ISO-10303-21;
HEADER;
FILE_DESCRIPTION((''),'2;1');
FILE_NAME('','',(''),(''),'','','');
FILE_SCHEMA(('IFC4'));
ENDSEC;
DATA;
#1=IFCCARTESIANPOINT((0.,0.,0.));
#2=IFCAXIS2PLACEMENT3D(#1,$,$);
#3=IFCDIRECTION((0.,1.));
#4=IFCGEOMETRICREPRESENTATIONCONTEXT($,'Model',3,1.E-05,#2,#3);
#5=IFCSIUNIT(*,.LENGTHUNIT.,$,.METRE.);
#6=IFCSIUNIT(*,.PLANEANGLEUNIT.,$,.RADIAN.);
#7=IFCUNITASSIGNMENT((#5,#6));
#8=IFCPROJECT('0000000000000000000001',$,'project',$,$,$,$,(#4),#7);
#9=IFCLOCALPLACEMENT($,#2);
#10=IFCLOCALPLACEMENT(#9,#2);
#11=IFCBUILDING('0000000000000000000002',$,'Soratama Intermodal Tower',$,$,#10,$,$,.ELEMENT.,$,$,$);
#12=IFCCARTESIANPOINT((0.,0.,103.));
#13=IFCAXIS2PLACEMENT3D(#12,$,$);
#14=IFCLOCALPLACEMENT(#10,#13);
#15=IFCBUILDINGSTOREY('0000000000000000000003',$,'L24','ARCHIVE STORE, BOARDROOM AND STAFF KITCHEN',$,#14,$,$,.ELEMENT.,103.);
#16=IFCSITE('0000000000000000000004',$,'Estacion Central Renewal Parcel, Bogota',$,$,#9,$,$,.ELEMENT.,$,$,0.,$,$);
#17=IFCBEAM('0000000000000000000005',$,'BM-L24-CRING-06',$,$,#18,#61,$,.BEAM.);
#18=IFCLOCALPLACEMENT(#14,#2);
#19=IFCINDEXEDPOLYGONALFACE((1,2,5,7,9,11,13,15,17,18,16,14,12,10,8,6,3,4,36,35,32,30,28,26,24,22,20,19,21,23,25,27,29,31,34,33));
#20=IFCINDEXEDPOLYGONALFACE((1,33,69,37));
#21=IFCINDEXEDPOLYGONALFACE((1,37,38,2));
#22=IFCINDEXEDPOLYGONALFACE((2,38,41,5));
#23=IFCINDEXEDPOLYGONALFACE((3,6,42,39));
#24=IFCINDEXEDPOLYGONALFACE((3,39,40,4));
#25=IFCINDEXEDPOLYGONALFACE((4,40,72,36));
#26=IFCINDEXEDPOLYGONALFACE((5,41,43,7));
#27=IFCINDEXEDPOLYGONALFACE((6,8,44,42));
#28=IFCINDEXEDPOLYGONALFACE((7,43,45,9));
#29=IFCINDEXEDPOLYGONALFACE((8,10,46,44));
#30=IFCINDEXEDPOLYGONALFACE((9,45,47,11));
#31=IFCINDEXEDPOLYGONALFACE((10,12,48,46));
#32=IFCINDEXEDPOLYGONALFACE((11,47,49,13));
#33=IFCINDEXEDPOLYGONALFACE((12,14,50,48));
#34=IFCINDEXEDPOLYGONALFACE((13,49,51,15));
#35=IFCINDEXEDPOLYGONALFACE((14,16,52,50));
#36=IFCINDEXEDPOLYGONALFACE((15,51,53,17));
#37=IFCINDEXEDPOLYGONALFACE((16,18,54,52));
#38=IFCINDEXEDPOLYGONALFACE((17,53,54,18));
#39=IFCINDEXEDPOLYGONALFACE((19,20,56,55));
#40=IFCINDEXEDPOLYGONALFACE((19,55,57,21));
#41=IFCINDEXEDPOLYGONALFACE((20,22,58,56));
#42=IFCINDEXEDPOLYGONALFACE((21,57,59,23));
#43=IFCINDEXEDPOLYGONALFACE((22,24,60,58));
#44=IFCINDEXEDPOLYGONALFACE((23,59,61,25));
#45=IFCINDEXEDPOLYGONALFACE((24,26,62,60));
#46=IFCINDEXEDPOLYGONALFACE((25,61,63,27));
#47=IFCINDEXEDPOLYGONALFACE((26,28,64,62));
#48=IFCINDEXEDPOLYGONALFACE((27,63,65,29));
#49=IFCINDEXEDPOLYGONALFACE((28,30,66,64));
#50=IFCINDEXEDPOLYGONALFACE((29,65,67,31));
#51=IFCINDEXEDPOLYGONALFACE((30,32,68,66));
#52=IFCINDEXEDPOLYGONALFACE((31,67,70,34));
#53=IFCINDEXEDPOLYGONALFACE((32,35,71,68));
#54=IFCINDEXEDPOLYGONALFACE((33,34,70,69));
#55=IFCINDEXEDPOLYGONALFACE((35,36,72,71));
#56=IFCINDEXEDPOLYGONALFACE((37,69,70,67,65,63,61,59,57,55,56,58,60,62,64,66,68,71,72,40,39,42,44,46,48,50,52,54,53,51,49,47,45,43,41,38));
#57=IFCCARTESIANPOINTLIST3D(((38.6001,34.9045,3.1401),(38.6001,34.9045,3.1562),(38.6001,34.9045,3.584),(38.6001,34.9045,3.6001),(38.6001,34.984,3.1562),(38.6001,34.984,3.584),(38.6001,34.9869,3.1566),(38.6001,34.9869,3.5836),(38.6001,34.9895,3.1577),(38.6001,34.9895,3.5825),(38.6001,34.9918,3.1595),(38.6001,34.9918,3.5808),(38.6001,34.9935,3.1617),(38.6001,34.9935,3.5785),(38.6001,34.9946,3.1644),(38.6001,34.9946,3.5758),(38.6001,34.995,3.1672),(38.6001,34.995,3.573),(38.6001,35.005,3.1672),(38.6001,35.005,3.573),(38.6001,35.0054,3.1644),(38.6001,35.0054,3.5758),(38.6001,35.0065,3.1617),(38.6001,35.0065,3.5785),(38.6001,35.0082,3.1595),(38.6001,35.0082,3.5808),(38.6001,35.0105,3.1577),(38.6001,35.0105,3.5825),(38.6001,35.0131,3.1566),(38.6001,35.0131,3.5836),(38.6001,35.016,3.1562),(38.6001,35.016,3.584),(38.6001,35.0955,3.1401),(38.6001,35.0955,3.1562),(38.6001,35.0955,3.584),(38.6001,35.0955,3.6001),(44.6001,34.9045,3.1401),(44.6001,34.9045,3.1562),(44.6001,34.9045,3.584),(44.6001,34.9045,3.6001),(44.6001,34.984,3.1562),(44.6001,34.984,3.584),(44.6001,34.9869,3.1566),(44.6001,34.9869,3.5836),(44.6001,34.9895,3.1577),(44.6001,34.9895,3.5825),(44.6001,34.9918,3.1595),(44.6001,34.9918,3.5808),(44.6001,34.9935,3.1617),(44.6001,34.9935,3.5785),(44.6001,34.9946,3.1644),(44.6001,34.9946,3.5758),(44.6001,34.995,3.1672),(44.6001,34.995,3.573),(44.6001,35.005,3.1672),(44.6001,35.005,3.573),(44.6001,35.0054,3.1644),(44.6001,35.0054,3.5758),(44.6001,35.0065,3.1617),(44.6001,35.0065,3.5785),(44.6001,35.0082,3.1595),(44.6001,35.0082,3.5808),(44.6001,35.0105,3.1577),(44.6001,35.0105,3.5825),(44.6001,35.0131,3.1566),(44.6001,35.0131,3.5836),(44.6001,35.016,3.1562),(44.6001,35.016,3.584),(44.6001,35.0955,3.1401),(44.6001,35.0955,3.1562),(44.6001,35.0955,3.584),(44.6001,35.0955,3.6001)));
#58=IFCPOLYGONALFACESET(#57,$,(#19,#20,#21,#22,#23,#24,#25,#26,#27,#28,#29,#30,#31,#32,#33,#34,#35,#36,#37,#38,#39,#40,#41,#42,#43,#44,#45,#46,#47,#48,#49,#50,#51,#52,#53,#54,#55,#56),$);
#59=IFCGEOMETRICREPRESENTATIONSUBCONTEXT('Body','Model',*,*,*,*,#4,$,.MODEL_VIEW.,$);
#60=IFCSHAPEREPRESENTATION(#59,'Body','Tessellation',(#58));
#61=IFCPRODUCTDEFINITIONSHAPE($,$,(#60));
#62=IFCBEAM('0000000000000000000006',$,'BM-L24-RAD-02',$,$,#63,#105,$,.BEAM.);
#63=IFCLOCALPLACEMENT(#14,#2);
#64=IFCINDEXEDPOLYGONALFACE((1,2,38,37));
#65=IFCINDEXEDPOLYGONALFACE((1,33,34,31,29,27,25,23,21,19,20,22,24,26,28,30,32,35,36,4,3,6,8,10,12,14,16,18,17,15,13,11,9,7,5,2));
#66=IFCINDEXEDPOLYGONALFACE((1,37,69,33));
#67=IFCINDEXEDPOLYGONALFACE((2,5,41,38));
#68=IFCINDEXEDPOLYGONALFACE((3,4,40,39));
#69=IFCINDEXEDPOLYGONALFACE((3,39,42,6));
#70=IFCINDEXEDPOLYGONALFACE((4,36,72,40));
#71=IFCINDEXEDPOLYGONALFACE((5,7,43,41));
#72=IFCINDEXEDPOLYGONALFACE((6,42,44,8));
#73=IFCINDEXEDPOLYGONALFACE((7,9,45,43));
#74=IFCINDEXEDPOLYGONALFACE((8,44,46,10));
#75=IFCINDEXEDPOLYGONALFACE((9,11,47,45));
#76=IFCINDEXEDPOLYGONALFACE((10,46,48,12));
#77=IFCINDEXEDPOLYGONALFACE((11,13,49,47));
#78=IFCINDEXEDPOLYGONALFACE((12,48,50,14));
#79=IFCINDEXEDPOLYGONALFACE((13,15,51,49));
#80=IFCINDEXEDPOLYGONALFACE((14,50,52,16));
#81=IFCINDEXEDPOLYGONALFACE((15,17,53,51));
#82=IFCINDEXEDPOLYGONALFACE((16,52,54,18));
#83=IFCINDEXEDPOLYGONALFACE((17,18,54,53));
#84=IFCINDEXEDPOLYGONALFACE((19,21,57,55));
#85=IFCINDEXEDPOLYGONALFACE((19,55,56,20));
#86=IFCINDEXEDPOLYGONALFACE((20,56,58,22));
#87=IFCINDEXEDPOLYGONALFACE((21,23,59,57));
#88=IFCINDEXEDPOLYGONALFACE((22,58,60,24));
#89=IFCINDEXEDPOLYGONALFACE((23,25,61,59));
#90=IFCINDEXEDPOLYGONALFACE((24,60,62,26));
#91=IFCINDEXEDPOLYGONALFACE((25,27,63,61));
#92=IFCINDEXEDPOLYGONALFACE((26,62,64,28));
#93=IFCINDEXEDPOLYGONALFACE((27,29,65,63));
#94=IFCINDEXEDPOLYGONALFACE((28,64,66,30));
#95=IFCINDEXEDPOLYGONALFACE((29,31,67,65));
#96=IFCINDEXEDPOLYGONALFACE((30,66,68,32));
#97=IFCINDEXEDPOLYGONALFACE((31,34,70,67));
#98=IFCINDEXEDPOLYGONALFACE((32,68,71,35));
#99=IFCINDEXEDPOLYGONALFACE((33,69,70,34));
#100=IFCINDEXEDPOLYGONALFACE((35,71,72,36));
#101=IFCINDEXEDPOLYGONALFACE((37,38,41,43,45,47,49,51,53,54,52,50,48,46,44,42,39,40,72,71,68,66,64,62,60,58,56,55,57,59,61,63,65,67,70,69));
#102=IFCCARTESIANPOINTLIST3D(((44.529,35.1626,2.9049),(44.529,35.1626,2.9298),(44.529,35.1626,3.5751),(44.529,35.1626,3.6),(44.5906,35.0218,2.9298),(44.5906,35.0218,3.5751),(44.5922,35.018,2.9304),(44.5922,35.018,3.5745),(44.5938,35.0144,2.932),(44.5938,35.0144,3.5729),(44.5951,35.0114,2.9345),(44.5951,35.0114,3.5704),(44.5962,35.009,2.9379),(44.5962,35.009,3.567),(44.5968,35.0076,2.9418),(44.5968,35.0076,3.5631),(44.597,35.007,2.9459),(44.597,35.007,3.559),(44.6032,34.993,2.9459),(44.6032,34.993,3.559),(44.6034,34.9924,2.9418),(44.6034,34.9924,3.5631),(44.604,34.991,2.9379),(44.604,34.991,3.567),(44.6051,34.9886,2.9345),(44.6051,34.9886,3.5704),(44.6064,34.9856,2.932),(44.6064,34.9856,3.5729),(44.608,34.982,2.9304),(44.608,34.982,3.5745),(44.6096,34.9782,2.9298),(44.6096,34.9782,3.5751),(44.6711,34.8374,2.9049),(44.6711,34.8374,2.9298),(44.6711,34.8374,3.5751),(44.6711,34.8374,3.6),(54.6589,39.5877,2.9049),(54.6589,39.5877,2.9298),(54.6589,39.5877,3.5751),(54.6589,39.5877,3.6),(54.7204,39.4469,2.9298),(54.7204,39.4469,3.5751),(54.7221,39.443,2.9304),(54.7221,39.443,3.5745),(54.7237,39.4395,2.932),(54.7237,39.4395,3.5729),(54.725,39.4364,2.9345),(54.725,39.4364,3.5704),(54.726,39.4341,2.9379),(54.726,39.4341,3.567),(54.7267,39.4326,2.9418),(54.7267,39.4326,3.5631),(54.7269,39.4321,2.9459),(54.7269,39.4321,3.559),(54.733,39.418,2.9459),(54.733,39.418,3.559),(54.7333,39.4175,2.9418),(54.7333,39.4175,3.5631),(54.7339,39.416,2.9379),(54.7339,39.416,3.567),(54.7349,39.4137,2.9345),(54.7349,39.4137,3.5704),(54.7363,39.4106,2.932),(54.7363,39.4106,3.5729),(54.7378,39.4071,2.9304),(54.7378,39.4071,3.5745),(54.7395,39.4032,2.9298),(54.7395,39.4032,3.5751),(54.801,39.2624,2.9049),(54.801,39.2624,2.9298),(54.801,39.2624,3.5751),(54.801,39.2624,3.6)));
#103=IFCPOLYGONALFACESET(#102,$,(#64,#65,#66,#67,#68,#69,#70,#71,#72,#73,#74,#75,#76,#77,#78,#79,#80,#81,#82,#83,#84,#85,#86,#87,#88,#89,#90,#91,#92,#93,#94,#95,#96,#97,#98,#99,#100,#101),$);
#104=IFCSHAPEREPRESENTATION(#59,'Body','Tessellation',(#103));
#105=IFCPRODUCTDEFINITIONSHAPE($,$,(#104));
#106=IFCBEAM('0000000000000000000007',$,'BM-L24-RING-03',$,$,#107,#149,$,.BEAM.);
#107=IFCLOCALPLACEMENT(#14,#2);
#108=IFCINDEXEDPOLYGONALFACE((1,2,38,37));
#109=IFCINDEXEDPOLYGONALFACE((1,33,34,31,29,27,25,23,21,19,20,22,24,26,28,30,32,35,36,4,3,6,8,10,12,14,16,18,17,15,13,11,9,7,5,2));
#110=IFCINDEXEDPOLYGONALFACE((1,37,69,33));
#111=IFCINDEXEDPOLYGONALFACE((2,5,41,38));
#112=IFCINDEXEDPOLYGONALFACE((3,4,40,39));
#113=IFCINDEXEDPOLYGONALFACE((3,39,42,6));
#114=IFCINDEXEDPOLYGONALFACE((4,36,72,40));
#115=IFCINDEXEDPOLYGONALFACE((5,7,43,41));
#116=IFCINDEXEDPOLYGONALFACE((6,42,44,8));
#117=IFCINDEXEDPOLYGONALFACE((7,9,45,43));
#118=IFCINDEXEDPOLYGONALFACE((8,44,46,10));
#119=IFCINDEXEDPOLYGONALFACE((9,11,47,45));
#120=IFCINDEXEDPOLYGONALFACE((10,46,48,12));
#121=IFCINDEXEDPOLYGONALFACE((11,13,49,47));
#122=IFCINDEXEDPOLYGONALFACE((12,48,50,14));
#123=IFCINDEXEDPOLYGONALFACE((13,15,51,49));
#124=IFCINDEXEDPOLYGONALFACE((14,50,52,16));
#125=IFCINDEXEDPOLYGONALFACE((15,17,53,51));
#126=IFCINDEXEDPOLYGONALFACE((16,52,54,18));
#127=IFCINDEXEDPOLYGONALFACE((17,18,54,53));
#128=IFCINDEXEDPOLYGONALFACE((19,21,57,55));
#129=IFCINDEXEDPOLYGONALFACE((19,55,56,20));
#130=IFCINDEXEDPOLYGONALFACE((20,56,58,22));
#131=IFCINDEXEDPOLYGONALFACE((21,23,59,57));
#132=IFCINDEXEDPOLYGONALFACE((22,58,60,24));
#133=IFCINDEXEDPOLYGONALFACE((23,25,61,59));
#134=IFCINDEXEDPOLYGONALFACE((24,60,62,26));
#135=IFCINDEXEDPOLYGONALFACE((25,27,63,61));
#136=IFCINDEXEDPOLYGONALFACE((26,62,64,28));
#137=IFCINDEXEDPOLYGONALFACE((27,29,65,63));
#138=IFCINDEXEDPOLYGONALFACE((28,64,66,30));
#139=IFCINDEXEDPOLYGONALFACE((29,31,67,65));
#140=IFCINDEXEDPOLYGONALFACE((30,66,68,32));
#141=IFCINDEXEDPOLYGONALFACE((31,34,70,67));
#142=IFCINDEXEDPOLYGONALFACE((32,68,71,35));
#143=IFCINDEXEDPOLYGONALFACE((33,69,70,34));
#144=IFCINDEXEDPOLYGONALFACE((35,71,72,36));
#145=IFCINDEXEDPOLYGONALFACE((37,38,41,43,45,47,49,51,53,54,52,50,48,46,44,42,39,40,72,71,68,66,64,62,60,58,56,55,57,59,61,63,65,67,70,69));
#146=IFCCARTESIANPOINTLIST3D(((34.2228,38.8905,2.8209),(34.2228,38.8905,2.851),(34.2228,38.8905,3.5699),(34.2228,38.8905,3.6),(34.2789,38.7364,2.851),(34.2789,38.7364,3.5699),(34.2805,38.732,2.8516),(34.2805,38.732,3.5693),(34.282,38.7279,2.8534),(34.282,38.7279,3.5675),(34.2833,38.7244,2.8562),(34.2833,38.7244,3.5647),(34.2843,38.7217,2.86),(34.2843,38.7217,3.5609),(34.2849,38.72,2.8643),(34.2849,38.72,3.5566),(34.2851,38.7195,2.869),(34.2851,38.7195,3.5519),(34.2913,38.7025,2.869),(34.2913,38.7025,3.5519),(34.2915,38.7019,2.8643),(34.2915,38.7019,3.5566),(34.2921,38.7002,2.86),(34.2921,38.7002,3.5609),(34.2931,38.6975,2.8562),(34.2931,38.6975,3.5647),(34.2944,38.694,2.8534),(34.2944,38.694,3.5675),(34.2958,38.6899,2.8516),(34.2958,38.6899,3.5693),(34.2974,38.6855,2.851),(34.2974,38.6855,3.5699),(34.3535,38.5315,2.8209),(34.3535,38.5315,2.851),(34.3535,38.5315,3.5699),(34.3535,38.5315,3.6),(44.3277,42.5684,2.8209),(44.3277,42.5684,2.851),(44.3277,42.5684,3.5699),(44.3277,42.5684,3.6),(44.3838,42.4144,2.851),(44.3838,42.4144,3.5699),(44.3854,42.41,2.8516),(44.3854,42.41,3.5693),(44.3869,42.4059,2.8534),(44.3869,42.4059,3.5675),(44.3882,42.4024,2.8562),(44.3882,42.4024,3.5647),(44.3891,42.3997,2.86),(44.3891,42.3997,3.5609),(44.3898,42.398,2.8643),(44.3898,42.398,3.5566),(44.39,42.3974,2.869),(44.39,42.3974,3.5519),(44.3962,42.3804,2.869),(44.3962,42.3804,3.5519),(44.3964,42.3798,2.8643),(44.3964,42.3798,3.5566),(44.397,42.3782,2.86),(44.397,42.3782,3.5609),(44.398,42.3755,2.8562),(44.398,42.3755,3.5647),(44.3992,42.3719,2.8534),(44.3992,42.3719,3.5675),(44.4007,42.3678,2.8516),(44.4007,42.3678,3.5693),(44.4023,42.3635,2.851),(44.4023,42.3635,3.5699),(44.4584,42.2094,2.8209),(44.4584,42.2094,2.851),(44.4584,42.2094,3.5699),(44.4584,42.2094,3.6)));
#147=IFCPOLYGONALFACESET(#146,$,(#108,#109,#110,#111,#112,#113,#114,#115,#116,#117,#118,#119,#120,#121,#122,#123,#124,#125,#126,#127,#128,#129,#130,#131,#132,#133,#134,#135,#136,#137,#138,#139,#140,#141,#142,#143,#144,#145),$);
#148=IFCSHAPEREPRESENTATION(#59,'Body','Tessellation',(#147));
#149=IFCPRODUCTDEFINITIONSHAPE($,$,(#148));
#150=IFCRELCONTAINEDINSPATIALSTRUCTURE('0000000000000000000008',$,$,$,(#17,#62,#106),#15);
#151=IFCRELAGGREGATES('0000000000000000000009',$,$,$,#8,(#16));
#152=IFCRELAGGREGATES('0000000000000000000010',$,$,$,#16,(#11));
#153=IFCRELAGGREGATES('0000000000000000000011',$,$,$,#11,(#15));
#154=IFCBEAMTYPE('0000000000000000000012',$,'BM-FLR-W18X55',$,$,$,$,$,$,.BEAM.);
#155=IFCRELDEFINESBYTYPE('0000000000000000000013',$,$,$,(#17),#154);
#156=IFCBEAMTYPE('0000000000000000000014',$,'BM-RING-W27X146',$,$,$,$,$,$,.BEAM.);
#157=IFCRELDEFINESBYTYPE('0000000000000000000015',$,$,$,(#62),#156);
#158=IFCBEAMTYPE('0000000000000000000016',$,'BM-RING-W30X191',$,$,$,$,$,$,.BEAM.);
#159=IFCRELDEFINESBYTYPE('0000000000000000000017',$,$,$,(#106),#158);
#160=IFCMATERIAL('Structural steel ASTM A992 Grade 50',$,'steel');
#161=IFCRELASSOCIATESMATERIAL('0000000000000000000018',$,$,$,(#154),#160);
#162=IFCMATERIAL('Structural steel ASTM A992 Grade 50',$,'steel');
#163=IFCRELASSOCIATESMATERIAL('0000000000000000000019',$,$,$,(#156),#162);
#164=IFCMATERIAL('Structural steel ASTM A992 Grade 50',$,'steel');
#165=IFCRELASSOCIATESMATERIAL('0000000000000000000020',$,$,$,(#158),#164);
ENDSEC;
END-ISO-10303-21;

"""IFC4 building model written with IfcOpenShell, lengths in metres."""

from ifc_helpers import new_model, si_unit, direction, frame, origin, origin_2d, place, context, subcontext, project, spatial, i_section, extrude, material, material_profile, profile_set, type_object, element, save


model = new_model("IFC4")

# Units and contexts
model_context = context("Model", 3, precision=1e-05, world=origin(), true_north=direction((0.0, 1.0)))
body_context = subcontext(model_context, "Body", "Model", "MODEL_VIEW")
ifc_project = project(units=[si_unit("LENGTHUNIT", "METRE"), si_unit("PLANEANGLEUNIT", "RADIAN")], contexts=[model_context])

# Site, building, storey
site_placement = place(None, origin())
site = spatial("IfcSite", under=ifc_project, at=site_placement, Name="Estacion Central Renewal Parcel, Bogota", CompositionType="ELEMENT", RefElevation=0.0)
building_placement = place(site_placement, origin())
building = spatial("IfcBuilding", under=site, at=building_placement, Name="Soratama Intermodal Tower", CompositionType="ELEMENT")
storey_placement = place(building_placement, frame((0.0, 0.0, 103.0)))
storey = spatial("IfcBuildingStorey", under=building, at=storey_placement, Name="L24", Description="ARCHIVE STORE, BOARDROOM AND STAFF KITCHEN", CompositionType="ELEMENT", Elevation=103.0)

# Beams
ifc_material_1 = material(Name="Structural steel ASTM A992 Grade 50", Category="steel")
ifc_material_profile_1 = material_profile(ifc_material_1, i_section(OverallWidth=0.1909, OverallDepth=0.46, WebThickness=0.01, FlangeThickness=0.0161, FilletRadius=0.011, at=origin_2d()), Name="W18X55")
ifc_profile_set_1 = profile_set([ifc_material_profile_1], Name="Structural steel ASTM A992 Grade 50")
beam_type_1 = type_object("IfcBeamType", Name="BM-FLR-W18X55", PredefinedType="BEAM", material=ifc_profile_set_1)
beam_1_placement = place(storey_placement, frame((44.6001, 35.0, 3.3701), z_axis=(-1.0, 0.0, 0.0), x_axis=(0.0, -1.0, 0.0)))
element("IfcBeam", 1, at=beam_1_placement, inside=storey, type_object=beam_type_1, Name="BM-L24-CRING-06", PredefinedType="BEAM", context=body_context, shape_type="SweptSolid", body=[
    extrude(i_section(OverallWidth=0.1909, OverallDepth=0.46, WebThickness=0.01, FlangeThickness=0.0161, FilletRadius=0.011, at=origin_2d()), origin(), (0.0, 0.0, 1.0), 6.0),
])
ifc_material_2 = material(Name="Structural steel ASTM A992 Grade 50", Category="steel")
ifc_material_profile_2 = material_profile(ifc_material_2, i_section(OverallWidth=0.355, OverallDepth=0.6951, WebThickness=0.0154, FlangeThickness=0.0249, FilletRadius=0.0161, at=origin_2d()), Name="W27X146")
ifc_profile_set_2 = profile_set([ifc_material_profile_2], Name="Structural steel ASTM A992 Grade 50")
beam_type_2 = type_object("IfcBeamType", Name="BM-RING-W27X146", PredefinedType="BEAM", material=ifc_profile_set_2)
beam_2_placement = place(storey_placement, frame((44.6001, 35.0, 3.2524), z_axis=(0.916382, 0.400304, 0.0), x_axis=(-0.400304, 0.916382, 0.0)))
element("IfcBeam", 2, at=beam_2_placement, inside=storey, type_object=beam_type_2, Name="BM-L24-RAD-02", PredefinedType="BEAM", context=body_context, shape_type="SweptSolid", body=[
    extrude(i_section(OverallWidth=0.355, OverallDepth=0.6951, WebThickness=0.0154, FlangeThickness=0.0249, FilletRadius=0.0161, at=origin_2d()), origin(), (0.0, 0.0, 1.0), 11.0542),
])
ifc_material_3 = material(Name="Structural steel ASTM A992 Grade 50", Category="steel")
ifc_material_profile_3 = material_profile(ifc_material_3, i_section(OverallWidth=0.3821, OverallDepth=0.7791, WebThickness=0.0181, FlangeThickness=0.03, FilletRadius=0.0181, at=origin_2d()), Name="W30X191")
ifc_profile_set_3 = profile_set([ifc_material_profile_3], Name="Structural steel ASTM A992 Grade 50")
beam_type_3 = type_object("IfcBeamType", Name="BM-RING-W30X191", PredefinedType="BEAM", material=ifc_profile_set_3)
beam_3_placement = place(storey_placement, frame((44.3931, 42.3889, 3.2104), z_axis=(-0.939691, -0.342026, 0.0), x_axis=(0.342026, -0.939691, 0.0)))
element("IfcBeam", 3, at=beam_3_placement, inside=storey, type_object=beam_type_3, Name="BM-L24-RING-03", PredefinedType="BEAM", context=body_context, shape_type="SweptSolid", body=[
    extrude(i_section(OverallWidth=0.3821, OverallDepth=0.7791, WebThickness=0.0181, FlangeThickness=0.03, FilletRadius=0.0181, at=origin_2d()), origin(), (0.0, 0.0, 1.0), 10.7534),
])

save(model, "model.ifc")
